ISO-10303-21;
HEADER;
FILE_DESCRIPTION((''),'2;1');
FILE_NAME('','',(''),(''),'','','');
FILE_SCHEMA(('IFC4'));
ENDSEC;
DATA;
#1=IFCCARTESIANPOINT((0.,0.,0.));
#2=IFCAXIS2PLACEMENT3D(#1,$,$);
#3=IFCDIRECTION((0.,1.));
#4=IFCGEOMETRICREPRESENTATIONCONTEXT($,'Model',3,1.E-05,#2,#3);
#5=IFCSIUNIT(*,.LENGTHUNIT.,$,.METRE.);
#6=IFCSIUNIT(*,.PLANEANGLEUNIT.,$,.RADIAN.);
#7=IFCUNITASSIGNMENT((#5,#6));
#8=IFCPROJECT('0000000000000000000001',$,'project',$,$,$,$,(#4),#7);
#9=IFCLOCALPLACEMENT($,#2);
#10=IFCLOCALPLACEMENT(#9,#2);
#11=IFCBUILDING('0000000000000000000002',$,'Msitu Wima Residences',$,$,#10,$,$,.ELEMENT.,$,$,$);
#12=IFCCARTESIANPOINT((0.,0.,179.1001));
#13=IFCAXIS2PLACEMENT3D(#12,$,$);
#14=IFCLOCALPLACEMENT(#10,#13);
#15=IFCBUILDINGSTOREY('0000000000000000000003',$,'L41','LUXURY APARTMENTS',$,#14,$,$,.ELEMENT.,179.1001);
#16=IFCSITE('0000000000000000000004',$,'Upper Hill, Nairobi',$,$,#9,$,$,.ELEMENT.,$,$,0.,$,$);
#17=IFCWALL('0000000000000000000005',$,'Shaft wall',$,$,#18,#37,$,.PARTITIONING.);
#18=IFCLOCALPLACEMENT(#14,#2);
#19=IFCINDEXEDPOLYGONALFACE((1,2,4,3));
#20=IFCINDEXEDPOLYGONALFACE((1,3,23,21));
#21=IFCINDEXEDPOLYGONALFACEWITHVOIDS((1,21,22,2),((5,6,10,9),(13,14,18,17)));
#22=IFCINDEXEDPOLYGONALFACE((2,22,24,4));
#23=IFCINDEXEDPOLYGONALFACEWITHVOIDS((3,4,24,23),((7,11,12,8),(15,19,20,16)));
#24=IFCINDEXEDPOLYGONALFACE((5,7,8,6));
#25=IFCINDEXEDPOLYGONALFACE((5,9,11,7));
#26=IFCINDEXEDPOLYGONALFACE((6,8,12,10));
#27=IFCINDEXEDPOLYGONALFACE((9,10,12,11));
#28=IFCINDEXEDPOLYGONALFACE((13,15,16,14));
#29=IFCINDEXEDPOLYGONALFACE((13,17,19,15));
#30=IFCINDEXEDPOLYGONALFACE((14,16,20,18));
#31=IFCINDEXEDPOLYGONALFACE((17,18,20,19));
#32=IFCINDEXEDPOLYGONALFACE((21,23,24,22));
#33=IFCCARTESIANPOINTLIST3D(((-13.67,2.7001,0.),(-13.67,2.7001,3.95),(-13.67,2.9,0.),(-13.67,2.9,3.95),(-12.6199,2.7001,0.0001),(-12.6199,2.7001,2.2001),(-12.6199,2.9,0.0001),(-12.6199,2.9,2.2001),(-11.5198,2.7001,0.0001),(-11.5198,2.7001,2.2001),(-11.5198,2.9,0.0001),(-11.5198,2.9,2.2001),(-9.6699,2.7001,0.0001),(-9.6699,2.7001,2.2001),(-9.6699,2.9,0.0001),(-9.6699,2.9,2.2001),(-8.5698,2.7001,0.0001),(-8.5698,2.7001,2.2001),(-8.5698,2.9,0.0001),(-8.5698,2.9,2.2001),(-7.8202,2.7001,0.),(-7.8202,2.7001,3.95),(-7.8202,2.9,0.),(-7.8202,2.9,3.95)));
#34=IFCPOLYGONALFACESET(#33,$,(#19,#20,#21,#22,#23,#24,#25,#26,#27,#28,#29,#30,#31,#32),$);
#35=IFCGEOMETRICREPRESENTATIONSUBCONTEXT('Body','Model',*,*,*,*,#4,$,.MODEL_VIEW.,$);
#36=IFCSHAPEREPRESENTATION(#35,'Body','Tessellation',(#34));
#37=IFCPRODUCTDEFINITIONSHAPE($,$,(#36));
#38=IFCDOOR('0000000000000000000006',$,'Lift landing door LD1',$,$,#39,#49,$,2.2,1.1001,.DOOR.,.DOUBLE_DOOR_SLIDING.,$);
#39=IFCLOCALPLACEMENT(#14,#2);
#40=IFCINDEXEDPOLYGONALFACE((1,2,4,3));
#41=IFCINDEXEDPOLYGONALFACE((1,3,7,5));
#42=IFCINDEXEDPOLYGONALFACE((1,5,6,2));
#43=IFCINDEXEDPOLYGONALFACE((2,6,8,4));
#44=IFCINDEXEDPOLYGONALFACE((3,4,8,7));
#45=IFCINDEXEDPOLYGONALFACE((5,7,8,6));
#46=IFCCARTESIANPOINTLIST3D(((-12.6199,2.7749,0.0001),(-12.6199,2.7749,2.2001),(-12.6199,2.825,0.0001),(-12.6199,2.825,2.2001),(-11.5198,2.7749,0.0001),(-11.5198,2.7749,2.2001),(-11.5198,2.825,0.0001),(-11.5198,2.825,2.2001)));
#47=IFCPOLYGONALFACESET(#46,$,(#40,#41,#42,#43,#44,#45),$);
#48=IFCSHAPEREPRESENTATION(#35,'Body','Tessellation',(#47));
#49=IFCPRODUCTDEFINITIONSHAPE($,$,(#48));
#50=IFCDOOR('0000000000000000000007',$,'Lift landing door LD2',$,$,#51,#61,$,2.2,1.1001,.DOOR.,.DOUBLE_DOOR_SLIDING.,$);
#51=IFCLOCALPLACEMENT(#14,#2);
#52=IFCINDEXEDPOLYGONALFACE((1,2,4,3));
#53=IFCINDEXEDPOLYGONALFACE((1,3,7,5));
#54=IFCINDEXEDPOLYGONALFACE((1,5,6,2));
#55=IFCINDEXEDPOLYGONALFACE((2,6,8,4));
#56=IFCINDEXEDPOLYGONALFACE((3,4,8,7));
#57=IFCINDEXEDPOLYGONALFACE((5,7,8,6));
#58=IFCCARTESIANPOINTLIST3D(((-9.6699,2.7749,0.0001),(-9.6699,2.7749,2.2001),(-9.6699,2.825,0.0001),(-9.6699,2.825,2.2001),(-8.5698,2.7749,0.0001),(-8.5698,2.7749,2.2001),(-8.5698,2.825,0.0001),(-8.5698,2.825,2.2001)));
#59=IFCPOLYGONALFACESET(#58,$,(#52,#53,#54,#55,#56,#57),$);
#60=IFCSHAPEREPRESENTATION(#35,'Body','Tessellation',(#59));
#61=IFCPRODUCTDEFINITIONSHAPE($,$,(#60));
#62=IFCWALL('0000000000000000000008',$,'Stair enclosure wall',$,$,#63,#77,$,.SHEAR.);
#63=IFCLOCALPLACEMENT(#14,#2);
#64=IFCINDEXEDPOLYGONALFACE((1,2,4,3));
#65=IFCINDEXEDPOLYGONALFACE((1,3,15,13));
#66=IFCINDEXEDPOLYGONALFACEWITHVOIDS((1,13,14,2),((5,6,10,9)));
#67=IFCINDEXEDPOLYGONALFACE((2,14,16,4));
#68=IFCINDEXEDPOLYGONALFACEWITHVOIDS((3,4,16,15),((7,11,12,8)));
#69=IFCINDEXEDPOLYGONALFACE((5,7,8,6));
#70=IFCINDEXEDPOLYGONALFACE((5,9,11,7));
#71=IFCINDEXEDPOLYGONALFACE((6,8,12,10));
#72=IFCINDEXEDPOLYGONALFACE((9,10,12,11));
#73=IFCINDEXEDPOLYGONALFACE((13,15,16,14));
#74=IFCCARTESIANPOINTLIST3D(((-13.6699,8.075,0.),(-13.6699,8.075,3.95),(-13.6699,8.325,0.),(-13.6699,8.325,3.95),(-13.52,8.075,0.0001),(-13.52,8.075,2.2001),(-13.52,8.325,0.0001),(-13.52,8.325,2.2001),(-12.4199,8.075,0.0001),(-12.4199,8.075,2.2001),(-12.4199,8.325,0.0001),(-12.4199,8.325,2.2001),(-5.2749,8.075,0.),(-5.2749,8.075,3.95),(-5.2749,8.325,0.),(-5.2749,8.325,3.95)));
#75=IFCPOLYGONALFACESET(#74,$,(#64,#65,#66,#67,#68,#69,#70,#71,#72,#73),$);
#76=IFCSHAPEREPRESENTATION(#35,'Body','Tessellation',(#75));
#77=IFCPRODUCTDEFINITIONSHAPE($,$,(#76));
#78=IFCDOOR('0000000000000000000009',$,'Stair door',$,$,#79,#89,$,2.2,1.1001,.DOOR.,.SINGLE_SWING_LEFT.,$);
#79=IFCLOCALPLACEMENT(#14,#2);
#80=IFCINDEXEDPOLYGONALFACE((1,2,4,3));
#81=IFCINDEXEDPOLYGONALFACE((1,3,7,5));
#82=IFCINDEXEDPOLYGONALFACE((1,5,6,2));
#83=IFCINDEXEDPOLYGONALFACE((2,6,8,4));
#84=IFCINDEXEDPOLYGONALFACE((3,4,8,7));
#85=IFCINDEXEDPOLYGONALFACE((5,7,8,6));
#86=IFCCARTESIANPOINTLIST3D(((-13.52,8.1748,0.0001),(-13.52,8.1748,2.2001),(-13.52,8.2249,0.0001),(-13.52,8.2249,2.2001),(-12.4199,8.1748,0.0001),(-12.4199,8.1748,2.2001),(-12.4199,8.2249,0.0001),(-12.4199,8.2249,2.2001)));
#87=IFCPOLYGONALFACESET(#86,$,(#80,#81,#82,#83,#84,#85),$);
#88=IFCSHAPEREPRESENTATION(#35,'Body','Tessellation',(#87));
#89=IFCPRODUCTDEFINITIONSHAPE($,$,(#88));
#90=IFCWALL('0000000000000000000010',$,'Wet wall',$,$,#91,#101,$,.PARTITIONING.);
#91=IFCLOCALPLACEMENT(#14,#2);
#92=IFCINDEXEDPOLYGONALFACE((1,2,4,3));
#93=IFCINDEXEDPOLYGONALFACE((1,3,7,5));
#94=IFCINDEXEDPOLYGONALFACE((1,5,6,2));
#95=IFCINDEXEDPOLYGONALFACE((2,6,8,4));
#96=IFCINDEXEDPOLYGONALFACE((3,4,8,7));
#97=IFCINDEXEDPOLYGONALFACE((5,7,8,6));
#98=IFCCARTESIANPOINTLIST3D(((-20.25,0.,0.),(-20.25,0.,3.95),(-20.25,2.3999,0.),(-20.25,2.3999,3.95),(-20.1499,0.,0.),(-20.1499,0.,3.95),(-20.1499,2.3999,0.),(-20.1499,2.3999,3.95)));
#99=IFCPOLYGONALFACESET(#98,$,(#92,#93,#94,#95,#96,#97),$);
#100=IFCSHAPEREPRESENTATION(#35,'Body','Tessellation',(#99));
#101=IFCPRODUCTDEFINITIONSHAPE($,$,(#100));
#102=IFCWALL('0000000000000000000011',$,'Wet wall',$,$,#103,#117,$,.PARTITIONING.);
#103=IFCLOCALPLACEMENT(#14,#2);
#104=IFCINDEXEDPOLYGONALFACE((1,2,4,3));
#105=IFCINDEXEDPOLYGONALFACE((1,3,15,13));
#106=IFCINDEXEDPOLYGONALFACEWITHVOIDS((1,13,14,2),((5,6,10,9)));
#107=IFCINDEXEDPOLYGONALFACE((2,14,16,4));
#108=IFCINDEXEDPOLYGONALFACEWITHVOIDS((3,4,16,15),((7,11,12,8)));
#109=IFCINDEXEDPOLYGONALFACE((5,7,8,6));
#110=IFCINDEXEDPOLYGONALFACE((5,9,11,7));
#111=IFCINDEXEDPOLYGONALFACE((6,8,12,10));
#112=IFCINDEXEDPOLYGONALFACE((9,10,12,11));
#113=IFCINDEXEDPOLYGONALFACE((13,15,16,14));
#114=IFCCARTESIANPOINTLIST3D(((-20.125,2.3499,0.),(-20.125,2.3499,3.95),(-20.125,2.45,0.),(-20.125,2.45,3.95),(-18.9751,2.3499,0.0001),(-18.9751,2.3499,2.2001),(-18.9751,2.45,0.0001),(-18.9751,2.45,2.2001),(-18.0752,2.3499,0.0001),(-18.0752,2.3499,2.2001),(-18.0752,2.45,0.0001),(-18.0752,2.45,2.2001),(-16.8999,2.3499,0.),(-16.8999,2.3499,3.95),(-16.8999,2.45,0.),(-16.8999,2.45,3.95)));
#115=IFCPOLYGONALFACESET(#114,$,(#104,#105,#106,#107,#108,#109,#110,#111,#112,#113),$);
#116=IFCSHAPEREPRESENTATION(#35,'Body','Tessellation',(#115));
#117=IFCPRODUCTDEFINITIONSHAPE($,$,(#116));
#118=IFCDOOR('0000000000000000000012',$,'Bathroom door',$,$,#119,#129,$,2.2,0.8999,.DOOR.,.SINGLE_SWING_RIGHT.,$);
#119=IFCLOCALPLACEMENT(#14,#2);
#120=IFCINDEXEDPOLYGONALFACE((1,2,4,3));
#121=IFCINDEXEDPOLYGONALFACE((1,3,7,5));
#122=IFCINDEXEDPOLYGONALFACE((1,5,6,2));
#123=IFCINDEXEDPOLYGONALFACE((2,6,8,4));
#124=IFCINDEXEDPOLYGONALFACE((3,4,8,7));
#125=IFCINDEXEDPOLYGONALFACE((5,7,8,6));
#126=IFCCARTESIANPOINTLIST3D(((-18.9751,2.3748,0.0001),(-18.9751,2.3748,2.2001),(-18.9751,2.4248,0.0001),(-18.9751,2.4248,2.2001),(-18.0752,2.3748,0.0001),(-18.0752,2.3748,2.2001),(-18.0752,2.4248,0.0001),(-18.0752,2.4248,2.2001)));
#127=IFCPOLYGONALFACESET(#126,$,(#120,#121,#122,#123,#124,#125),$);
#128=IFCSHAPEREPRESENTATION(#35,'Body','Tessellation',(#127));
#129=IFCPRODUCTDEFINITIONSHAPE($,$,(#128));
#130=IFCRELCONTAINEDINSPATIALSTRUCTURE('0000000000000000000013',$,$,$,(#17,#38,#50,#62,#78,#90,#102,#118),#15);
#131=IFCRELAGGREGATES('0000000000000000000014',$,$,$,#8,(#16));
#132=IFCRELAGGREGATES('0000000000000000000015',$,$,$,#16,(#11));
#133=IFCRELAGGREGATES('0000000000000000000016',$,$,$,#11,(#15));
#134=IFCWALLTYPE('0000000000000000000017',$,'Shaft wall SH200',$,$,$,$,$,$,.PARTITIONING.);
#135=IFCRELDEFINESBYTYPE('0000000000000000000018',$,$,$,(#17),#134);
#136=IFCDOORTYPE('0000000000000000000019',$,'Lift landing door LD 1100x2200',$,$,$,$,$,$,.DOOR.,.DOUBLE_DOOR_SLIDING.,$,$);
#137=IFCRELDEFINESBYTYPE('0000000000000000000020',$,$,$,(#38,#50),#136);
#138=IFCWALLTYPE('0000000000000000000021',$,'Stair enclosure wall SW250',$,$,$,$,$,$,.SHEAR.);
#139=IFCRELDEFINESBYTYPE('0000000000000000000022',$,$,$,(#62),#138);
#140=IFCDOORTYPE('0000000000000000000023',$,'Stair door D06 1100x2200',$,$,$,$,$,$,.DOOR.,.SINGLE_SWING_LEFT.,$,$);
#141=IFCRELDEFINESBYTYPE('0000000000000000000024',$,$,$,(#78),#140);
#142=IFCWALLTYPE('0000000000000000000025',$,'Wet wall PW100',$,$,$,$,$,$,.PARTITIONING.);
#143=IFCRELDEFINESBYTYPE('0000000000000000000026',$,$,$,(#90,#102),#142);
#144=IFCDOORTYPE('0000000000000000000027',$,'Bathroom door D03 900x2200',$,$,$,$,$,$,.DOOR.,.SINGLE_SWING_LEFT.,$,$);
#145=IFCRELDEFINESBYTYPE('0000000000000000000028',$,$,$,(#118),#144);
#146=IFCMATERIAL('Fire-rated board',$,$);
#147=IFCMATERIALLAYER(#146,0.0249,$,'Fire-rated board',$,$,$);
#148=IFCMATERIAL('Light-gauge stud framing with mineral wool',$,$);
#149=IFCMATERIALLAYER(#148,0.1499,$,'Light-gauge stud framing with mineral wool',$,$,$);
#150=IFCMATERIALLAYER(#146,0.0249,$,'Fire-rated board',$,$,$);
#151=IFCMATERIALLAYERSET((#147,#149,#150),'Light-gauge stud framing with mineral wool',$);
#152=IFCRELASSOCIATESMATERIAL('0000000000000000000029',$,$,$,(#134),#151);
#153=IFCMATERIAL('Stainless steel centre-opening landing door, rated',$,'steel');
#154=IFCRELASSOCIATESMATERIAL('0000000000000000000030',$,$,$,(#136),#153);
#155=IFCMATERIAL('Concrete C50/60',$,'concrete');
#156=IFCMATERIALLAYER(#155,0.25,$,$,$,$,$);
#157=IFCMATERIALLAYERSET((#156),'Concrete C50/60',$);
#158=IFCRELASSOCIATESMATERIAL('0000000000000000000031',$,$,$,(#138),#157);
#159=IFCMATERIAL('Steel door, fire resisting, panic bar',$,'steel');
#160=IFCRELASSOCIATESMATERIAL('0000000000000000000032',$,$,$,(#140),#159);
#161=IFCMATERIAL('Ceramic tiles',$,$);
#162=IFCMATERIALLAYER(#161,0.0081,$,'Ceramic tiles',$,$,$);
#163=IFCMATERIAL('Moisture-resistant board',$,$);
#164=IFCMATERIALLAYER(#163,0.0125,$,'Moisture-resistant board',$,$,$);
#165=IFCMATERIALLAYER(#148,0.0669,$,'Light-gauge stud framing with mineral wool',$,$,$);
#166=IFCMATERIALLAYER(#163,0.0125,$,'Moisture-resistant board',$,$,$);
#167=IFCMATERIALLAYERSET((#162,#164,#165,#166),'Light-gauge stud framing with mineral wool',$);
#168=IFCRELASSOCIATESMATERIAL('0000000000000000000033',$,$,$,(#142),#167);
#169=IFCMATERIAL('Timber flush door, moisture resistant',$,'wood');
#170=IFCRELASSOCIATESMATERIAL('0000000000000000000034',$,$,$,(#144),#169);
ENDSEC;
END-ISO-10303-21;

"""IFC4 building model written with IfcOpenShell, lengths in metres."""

from ifc_helpers import new_model, si_unit, direction, frame, frame_2d, origin, place, context, subcontext, project, spatial, rectangle, extrude, material, layer, layer_set, type_object, element, fill, save


model = new_model("IFC4")

# Units and contexts
model_context = context("Model", 3, precision=1e-05, world=origin(), true_north=direction((0.0, 1.0)))
body_context = subcontext(model_context, "Body", "Model", "MODEL_VIEW")
ifc_project = project(units=[si_unit("LENGTHUNIT", "METRE"), si_unit("PLANEANGLEUNIT", "RADIAN")], contexts=[model_context])

# Site, building, storey
site_placement = place(None, origin())
site = spatial("IfcSite", under=ifc_project, at=site_placement, Name="Upper Hill, Nairobi", CompositionType="ELEMENT", RefElevation=0.0)
building_placement = place(site_placement, origin())
building = spatial("IfcBuilding", under=site, at=building_placement, Name="Msitu Wima Residences", CompositionType="ELEMENT")
storey_placement = place(building_placement, frame((0.0, 0.0, 179.1001)))
storey = spatial("IfcBuildingStorey", under=building, at=storey_placement, Name="L41", Description="LUXURY APARTMENTS", CompositionType="ELEMENT", Elevation=179.1001)

# Shared definitions
ifc_material_1 = material(Name="Concrete C50/60", Category="concrete")

# Shared definitions
ifc_material_2 = material(Name="Fire-rated board")
ifc_layer_1 = layer(ifc_material_2, 0.0249, Name="Fire-rated board")
ifc_material_3 = material(Name="Light-gauge stud framing with mineral wool")
ifc_layer_2 = layer(ifc_material_3, 0.1499, Name="Light-gauge stud framing with mineral wool")
ifc_layer_3 = layer(ifc_material_2, 0.0249, Name="Fire-rated board")
ifc_layer_set_1 = layer_set([ifc_layer_1, ifc_layer_2, ifc_layer_3], Name="Light-gauge stud framing with mineral wool")
wall_type_1 = type_object("IfcWallType", Name="Shaft wall SH200", PredefinedType="PARTITIONING", material=ifc_layer_set_1)

# Wall, openings, doors
wall_1_placement = place(storey_placement, frame((-13.6699, 2.8, 0.0), z_axis=(0.0, 0.0, 1.0), x_axis=(1.0, 0.0, 0.0)))
wall_1 = element("IfcWall", 1, at=wall_1_placement, inside=storey, type_object=wall_type_1, Name="Shaft wall", PredefinedType="PARTITIONING", context=body_context, shape_type="SweptSolid", body=[
    extrude(rectangle(XDim=5.8499, YDim=0.2, at=frame_2d((2.9248, 0.0))), origin(), (0.0, 0.0, 1.0), 3.95),
])
opening_1_placement = place(wall_1_placement, frame((1.05, 0.0, 0.0)))
opening_1 = element("IfcOpeningElement", 2, at=opening_1_placement, cuts=wall_1, PredefinedType="OPENING", context=body_context, shape_type="SweptSolid", body=[
    extrude(rectangle(XDim=1.1001, YDim=2.2, at=frame_2d((0.55, 1.1001))), frame((0.0, 0.1099, 0.0), z_axis=(0.0, -1.0, 0.0), x_axis=(1.0, 0.0, 0.0)), (0.0, 0.0, 1.0), 0.22),
])
opening_2_placement = place(wall_1_placement, frame((4.0, 0.0, 0.0)))
opening_2 = element("IfcOpeningElement", 3, at=opening_2_placement, cuts=wall_1, PredefinedType="OPENING", context=body_context, shape_type="SweptSolid", body=[
    extrude(rectangle(XDim=1.1001, YDim=2.2, at=frame_2d((0.55, 1.1001))), frame((0.0, 0.1099, 0.0), z_axis=(0.0, -1.0, 0.0), x_axis=(1.0, 0.0, 0.0)), (0.0, 0.0, 1.0), 0.22),
])
ifc_material_4 = material(Name="Stainless steel centre-opening landing door, rated", Category="steel")
door_type_1 = type_object("IfcDoorType", Name="Lift landing door LD 1100x2200", OperationType="DOUBLE_DOOR_SLIDING", PredefinedType="DOOR", material=ifc_material_4)
door_1_placement = place(opening_1_placement, origin())
door_1 = element("IfcDoor", 4, at=door_1_placement, inside=storey, type_object=door_type_1, Name="Lift landing door LD1", OperationType="DOUBLE_DOOR_SLIDING", OverallHeight=2.2, OverallWidth=1.1001, PredefinedType="DOOR", context=body_context, shape_type="SweptSolid", body=[
    extrude(rectangle(XDim=1.1001, YDim=2.2, at=frame_2d((0.55, 1.1001))), frame((0.0, 0.0249, 0.0), z_axis=(0.0, -1.0, 0.0), x_axis=(1.0, 0.0, 0.0)), (0.0, 0.0, 1.0), 0.05),
])
fill(opening_1, door_1)
door_2_placement = place(opening_2_placement, origin())
door_2 = element("IfcDoor", 5, at=door_2_placement, inside=storey, type_object=door_type_1, Name="Lift landing door LD2", OperationType="DOUBLE_DOOR_SLIDING", OverallHeight=2.2, OverallWidth=1.1001, PredefinedType="DOOR", context=body_context, shape_type="SweptSolid", body=[
    extrude(rectangle(XDim=1.1001, YDim=2.2, at=frame_2d((0.55, 1.1001))), frame((0.0, 0.0249, 0.0), z_axis=(0.0, -1.0, 0.0), x_axis=(1.0, 0.0, 0.0)), (0.0, 0.0, 1.0), 0.05),
])
fill(opening_2, door_2)

# Wall, opening, door
ifc_layer_4 = layer(ifc_material_1, 0.25)
ifc_layer_set_2 = layer_set([ifc_layer_4], Name="Concrete C50/60")
wall_type_2 = type_object("IfcWallType", Name="Stair enclosure wall SW250", PredefinedType="SHEAR", material=ifc_layer_set_2)
wall_2_placement = place(storey_placement, frame((-13.6699, 8.2, 0.0), z_axis=(0.0, 0.0, 1.0), x_axis=(1.0, 0.0, 0.0)))
wall_2 = element("IfcWall", 6, at=wall_2_placement, inside=storey, type_object=wall_type_2, Name="Stair enclosure wall", PredefinedType="SHEAR", context=body_context, shape_type="SweptSolid", body=[
    extrude(rectangle(XDim=8.395, YDim=0.25, at=frame_2d((4.1975, 0.0))), origin(), (0.0, 0.0, 1.0), 3.95),
])
opening_3_placement = place(wall_2_placement, frame((0.1499, 0.0, 0.0)))
opening_3 = element("IfcOpeningElement", 7, at=opening_3_placement, cuts=wall_2, PredefinedType="OPENING", context=body_context, shape_type="SweptSolid", body=[
    extrude(rectangle(XDim=1.1001, YDim=2.2, at=frame_2d((0.55, 1.1001))), frame((0.0, 0.135, 0.0), z_axis=(0.0, -1.0, 0.0), x_axis=(1.0, 0.0, 0.0)), (0.0, 0.0, 1.0), 0.27),
])
ifc_material_5 = material(Name="Steel door, fire resisting, panic bar", Category="steel")
door_type_2 = type_object("IfcDoorType", Name="Stair door D06 1100x2200", OperationType="SINGLE_SWING_LEFT", PredefinedType="DOOR", material=ifc_material_5)
door_3_placement = place(opening_3_placement, origin())
door_3 = element("IfcDoor", 8, at=door_3_placement, inside=storey, type_object=door_type_2, Name="Stair door", OperationType="SINGLE_SWING_LEFT", OverallHeight=2.2, OverallWidth=1.1001, PredefinedType="DOOR", context=body_context, shape_type="SweptSolid", body=[
    extrude(rectangle(XDim=1.1001, YDim=2.2, at=frame_2d((0.55, 1.1001))), frame((0.0, 0.0249, 0.0), z_axis=(0.0, -1.0, 0.0), x_axis=(1.0, 0.0, 0.0)), (0.0, 0.0, 1.0), 0.05),
])
fill(opening_3, door_3)

# Wall
ifc_material_6 = material(Name="Ceramic tiles")
ifc_layer_5 = layer(ifc_material_6, 0.0081, Name="Ceramic tiles")
ifc_material_7 = material(Name="Moisture-resistant board")
ifc_layer_6 = layer(ifc_material_7, 0.0125, Name="Moisture-resistant board")
ifc_layer_7 = layer(ifc_material_3, 0.0669, Name="Light-gauge stud framing with mineral wool")
ifc_layer_8 = layer(ifc_material_7, 0.0125, Name="Moisture-resistant board")
ifc_layer_set_3 = layer_set([ifc_layer_5, ifc_layer_6, ifc_layer_7, ifc_layer_8], Name="Light-gauge stud framing with mineral wool")
wall_type_3 = type_object("IfcWallType", Name="Wet wall PW100", PredefinedType="PARTITIONING", material=ifc_layer_set_3)
wall_3_placement = place(storey_placement, frame((-20.2, 0.0, 0.0), z_axis=(0.0, 0.0, 1.0), x_axis=(0.0, 1.0, 0.0)))
element("IfcWall", 9, at=wall_3_placement, inside=storey, type_object=wall_type_3, Name="Wet wall", PredefinedType="PARTITIONING", context=body_context, shape_type="SweptSolid", body=[
    extrude(rectangle(XDim=2.3999, YDim=0.1001, at=frame_2d((1.2, 0.0))), origin(), (0.0, 0.0, 1.0), 3.95),
])

# Wall, opening, door
wall_4_placement = place(storey_placement, frame((-20.125, 2.3999, 0.0), z_axis=(0.0, 0.0, 1.0), x_axis=(1.0, 0.0, 0.0)))
wall_4 = element("IfcWall", 10, at=wall_4_placement, inside=storey, type_object=wall_type_3, Name="Wet wall", PredefinedType="PARTITIONING", context=body_context, shape_type="SweptSolid", body=[
    extrude(rectangle(XDim=3.2251, YDim=0.1001, at=frame_2d((1.6125, 0.0))), origin(), (0.0, 0.0, 1.0), 3.95),
])
opening_4_placement = place(wall_4_placement, frame((1.1499, 0.0, 0.0)))
opening_4 = element("IfcOpeningElement", 11, at=opening_4_placement, cuts=wall_4, PredefinedType="OPENING", context=body_context, shape_type="SweptSolid", body=[
    extrude(rectangle(XDim=0.8999, YDim=2.2, at=frame_2d((0.45, 1.1001))), frame((0.0, 0.0601, 0.0), z_axis=(0.0, -1.0, 0.0), x_axis=(1.0, 0.0, 0.0)), (0.0, 0.0, 1.0), 0.1201),
])
ifc_material_8 = material(Name="Timber flush door, moisture resistant", Category="wood")
door_type_3 = type_object("IfcDoorType", Name="Bathroom door D03 900x2200", OperationType="SINGLE_SWING_LEFT", PredefinedType="DOOR", material=ifc_material_8)
door_4_placement = place(opening_4_placement, origin())
door_4 = element("IfcDoor", 12, at=door_4_placement, inside=storey, type_object=door_type_3, Name="Bathroom door", OperationType="SINGLE_SWING_RIGHT", OverallHeight=2.2, OverallWidth=0.8999, PredefinedType="DOOR", context=body_context, shape_type="SweptSolid", body=[
    extrude(rectangle(XDim=0.8999, YDim=2.2, at=frame_2d((0.45, 1.1001))), frame((0.0, 0.0249, 0.0), z_axis=(0.0, -1.0, 0.0), x_axis=(1.0, 0.0, 0.0)), (0.0, 0.0, 1.0), 0.05),
])
fill(opening_4, door_4)

save(model, "model.ifc")
